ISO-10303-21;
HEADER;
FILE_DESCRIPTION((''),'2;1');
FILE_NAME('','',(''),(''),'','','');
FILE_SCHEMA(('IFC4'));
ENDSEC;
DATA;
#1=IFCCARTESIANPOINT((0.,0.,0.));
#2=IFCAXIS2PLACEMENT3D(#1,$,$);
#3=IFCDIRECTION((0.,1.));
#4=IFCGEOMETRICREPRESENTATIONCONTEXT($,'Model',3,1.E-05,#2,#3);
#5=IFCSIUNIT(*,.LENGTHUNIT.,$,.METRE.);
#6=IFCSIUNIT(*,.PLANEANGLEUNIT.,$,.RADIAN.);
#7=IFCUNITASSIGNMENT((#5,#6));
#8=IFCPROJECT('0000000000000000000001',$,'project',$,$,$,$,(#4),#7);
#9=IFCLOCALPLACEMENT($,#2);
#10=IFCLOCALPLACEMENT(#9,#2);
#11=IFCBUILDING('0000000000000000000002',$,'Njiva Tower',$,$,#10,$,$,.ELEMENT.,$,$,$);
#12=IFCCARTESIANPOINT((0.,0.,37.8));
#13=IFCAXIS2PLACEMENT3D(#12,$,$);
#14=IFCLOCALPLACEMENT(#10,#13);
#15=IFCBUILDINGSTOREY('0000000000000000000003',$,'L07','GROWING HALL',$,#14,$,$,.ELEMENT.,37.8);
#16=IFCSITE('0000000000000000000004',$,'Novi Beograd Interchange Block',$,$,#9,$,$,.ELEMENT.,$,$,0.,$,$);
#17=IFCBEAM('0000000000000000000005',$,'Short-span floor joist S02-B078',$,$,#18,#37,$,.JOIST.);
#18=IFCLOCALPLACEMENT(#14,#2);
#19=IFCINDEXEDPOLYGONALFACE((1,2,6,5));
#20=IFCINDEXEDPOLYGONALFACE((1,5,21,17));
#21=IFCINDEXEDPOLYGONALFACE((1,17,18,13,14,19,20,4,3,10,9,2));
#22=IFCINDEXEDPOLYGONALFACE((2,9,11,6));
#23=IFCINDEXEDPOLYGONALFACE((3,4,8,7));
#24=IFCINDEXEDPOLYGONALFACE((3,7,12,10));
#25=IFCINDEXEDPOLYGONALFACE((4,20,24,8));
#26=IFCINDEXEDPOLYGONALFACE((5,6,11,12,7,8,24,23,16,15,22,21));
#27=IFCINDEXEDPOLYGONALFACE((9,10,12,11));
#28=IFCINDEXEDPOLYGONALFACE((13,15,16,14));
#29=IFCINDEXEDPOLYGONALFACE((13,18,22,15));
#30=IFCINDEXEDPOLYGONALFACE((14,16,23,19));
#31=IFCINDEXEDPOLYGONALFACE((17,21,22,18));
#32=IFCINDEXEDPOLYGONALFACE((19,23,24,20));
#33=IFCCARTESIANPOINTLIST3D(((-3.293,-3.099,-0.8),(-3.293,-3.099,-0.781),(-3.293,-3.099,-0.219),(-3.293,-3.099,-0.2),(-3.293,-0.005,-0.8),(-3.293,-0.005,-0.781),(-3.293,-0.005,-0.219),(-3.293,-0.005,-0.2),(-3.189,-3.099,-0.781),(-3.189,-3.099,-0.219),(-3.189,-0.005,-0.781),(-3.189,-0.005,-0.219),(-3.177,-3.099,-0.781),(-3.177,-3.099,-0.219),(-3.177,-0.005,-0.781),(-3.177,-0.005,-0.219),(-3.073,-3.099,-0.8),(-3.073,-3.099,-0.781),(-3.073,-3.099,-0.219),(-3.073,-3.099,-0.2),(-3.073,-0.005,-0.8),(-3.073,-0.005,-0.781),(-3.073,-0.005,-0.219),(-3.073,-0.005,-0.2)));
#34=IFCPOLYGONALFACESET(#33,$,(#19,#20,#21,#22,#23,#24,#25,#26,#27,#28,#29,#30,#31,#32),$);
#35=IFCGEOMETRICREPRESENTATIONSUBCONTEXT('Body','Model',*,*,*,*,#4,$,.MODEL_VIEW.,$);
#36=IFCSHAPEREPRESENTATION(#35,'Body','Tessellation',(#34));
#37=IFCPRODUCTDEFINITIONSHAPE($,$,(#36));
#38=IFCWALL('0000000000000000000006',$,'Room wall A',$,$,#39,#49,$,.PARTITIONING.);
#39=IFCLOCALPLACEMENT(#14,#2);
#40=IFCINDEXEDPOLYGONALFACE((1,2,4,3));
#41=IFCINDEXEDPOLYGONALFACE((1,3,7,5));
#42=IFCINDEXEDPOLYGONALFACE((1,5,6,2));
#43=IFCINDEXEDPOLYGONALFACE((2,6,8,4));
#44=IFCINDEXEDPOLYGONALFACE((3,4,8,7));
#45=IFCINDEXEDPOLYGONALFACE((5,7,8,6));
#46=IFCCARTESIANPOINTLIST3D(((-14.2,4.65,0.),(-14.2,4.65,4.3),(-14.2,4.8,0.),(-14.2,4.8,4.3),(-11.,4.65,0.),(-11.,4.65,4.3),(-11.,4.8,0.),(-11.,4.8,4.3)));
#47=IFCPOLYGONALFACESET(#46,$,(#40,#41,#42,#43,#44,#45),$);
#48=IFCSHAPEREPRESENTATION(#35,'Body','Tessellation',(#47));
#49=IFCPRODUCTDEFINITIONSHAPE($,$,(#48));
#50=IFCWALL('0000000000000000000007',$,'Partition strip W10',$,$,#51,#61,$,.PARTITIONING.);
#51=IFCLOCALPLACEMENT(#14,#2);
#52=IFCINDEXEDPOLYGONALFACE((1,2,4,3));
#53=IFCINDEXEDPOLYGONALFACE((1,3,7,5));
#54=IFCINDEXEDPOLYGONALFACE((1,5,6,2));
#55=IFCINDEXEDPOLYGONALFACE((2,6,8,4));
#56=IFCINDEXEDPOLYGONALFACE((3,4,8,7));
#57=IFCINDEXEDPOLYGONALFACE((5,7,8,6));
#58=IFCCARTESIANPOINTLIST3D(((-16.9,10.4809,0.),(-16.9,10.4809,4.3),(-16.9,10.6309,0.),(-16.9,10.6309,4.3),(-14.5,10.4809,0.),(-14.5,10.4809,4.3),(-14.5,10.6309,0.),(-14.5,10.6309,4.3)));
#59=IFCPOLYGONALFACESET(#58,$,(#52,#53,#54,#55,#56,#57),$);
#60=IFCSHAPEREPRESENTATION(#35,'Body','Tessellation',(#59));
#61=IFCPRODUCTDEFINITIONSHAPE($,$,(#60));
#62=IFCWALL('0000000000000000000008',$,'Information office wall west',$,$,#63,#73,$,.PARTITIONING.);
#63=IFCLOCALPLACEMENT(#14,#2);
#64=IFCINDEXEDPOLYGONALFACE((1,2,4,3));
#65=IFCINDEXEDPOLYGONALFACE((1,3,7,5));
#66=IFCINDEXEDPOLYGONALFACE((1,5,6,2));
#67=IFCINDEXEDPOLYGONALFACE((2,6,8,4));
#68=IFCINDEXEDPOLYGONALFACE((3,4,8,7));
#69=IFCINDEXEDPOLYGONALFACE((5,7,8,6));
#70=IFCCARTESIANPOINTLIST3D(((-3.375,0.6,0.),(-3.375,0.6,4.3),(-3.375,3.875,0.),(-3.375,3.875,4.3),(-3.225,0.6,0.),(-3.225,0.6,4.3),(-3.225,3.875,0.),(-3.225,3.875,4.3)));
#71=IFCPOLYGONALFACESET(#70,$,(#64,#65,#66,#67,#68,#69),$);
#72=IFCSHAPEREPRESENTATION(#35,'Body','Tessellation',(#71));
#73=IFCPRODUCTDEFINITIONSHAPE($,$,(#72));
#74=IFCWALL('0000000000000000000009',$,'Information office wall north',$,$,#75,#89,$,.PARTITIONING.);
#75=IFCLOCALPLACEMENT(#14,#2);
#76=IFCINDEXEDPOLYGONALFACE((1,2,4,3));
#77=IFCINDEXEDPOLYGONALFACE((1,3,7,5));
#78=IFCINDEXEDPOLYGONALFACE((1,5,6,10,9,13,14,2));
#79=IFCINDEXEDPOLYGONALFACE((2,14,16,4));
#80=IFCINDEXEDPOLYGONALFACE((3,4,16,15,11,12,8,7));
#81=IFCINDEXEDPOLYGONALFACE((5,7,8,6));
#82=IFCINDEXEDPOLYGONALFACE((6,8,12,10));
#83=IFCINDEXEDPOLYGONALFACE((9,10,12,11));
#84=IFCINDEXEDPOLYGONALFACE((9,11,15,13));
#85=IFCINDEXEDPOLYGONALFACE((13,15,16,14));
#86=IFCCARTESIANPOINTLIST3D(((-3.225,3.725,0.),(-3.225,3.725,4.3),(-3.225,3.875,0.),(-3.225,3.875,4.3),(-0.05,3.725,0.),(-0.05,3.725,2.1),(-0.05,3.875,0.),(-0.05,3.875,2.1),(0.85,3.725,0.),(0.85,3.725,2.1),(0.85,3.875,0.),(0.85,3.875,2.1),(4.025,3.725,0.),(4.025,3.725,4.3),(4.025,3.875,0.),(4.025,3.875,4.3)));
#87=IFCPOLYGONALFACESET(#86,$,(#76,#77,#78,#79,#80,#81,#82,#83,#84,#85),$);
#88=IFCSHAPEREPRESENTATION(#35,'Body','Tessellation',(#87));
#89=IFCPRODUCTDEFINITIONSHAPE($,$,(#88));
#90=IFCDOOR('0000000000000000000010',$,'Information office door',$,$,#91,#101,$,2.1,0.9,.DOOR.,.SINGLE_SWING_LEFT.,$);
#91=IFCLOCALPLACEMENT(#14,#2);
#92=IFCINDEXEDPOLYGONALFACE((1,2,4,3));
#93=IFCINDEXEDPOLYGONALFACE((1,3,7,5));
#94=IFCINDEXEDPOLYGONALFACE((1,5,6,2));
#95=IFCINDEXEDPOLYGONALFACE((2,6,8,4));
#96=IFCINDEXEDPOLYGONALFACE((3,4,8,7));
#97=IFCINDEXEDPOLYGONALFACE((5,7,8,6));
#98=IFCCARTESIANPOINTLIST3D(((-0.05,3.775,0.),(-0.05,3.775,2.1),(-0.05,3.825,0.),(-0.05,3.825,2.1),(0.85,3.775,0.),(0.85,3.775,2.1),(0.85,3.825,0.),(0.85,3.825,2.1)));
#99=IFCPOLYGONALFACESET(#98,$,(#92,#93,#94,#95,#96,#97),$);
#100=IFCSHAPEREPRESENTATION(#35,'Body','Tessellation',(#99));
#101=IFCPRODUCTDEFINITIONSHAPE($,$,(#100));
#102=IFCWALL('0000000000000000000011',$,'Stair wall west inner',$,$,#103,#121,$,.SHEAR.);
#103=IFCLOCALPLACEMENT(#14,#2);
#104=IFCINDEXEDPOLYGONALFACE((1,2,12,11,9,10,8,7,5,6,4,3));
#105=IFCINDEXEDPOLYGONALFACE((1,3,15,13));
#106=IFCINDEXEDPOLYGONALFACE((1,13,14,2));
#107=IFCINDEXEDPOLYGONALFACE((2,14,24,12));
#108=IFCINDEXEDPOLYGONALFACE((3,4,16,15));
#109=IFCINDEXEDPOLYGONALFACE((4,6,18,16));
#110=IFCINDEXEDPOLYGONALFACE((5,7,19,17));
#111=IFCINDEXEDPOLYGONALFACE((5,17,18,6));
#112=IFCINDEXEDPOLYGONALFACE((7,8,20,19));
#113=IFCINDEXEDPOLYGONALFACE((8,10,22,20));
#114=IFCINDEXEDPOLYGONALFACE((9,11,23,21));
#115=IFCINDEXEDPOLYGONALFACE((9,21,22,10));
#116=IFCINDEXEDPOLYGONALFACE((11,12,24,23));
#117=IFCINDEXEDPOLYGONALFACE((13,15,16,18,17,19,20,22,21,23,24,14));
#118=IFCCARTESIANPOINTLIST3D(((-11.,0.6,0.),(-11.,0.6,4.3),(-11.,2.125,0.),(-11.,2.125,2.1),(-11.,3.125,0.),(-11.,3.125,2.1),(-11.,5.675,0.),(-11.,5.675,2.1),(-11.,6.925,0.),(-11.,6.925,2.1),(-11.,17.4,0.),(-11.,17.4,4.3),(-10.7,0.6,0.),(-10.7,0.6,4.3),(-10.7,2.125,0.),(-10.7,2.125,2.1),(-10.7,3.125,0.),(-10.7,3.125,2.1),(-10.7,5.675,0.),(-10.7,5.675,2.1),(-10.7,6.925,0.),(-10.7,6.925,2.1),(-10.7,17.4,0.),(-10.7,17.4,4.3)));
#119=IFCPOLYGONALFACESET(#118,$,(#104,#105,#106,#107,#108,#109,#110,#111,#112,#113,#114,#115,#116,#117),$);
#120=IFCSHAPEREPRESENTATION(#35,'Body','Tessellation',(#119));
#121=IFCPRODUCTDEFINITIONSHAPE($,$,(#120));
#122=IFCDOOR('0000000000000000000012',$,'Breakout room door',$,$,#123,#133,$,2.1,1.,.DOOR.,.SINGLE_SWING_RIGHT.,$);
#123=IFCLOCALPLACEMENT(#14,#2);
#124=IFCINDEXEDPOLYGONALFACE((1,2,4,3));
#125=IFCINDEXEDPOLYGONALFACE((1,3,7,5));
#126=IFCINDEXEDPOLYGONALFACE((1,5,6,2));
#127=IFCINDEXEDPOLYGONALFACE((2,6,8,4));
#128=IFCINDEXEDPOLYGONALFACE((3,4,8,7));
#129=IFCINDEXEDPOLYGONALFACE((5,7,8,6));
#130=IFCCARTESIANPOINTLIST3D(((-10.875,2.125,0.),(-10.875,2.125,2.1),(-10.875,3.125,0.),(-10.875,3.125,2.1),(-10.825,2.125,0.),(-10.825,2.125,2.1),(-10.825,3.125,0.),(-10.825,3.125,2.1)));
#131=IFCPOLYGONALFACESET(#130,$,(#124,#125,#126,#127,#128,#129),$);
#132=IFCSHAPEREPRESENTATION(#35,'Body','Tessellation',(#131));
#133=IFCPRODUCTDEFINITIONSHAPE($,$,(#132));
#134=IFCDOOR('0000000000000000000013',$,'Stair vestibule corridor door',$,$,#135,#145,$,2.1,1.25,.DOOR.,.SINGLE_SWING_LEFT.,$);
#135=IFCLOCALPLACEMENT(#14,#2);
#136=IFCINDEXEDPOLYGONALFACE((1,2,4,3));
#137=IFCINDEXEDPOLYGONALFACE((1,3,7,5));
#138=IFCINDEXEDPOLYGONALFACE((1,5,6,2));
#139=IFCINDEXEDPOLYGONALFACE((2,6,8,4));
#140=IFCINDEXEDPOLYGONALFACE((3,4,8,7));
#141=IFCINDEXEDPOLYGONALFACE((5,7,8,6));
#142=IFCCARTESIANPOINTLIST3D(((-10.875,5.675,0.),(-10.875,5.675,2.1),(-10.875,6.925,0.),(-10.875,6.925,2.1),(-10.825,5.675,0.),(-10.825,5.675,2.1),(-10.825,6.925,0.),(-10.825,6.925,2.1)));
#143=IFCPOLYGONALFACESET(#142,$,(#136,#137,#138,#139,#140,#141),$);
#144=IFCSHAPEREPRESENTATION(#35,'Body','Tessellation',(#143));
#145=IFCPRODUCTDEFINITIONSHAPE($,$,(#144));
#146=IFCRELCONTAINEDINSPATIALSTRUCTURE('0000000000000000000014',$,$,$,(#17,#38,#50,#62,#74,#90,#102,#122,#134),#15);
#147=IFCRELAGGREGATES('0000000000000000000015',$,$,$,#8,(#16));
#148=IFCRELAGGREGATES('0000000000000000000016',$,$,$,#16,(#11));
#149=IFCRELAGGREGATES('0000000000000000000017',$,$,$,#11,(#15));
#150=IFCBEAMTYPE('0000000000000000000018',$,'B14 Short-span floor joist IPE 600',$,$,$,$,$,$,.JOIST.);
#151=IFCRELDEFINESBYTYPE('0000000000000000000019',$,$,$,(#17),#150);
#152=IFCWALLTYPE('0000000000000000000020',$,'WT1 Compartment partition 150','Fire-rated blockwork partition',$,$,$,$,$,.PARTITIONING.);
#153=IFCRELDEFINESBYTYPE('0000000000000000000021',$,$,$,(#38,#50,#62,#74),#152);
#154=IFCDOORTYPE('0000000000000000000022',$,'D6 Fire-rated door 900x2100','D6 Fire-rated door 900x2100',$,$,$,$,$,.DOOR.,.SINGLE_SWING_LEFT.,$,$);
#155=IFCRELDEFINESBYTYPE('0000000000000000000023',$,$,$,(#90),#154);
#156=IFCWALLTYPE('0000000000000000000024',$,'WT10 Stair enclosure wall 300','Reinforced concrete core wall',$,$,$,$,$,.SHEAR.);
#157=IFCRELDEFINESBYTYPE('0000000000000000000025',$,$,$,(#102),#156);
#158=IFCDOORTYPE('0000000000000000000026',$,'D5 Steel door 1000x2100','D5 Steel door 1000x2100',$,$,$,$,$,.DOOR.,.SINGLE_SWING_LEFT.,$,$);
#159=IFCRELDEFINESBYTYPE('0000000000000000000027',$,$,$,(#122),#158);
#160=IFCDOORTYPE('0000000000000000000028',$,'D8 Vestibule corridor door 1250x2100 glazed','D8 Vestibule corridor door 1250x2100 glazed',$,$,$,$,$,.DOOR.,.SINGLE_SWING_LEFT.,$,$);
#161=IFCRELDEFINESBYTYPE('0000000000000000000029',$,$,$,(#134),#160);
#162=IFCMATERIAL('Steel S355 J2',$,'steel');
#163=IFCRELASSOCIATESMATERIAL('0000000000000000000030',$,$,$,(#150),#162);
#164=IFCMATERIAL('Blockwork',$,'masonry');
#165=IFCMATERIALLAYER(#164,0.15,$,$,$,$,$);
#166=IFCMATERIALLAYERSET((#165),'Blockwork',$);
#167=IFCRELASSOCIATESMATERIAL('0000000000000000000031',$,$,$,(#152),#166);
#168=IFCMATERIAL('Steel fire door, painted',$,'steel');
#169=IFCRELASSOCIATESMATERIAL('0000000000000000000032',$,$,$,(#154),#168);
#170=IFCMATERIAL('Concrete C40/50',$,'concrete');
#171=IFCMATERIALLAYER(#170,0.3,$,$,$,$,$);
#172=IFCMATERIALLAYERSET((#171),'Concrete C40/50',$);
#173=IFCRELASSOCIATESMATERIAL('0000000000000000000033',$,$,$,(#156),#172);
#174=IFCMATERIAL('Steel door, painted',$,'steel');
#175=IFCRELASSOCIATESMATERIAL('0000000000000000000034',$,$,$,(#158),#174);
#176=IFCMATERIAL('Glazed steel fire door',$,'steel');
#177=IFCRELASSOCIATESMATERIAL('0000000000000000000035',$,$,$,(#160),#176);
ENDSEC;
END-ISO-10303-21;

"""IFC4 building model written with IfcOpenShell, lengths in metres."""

from ifc_helpers import new_model, si_unit, direction, frame, frame_2d, origin, origin_2d, place, context, subcontext, project, spatial, rectangle, i_section, extrude, material, layer, layer_set, material_profile, profile_set, type_object, element, fill, save


model = new_model("IFC4")

# Units and contexts
model_context = context("Model", 3, precision=1e-05, world=origin(), true_north=direction((0.0, 1.0)))
body_context = subcontext(model_context, "Body", "Model", "MODEL_VIEW")
ifc_project = project(units=[si_unit("LENGTHUNIT", "METRE"), si_unit("PLANEANGLEUNIT", "RADIAN")], contexts=[model_context])

# Site, building, storey
site_placement = place(None, origin())
site = spatial("IfcSite", under=ifc_project, at=site_placement, Name="Novi Beograd Interchange Block", CompositionType="ELEMENT", RefElevation=0.0)
building_placement = place(site_placement, origin())
building = spatial("IfcBuilding", under=site, at=building_placement, Name="Njiva Tower", CompositionType="ELEMENT")
storey_placement = place(building_placement, frame((0.0, 0.0, 37.8)))
storey = spatial("IfcBuildingStorey", under=building, at=storey_placement, Name="L07", Description="GROWING HALL", CompositionType="ELEMENT", Elevation=37.8)

# Beam
ifc_material_1 = material(Name="Steel S355 J2", Category="steel")
ifc_material_profile = material_profile(ifc_material_1, i_section(OverallWidth=0.22, OverallDepth=0.6, WebThickness=0.012, FlangeThickness=0.019, at=origin_2d()), Name="IPE 600")
ifc_profile_set = profile_set([ifc_material_profile], Name="Steel S355 J2")
beam_type = type_object("IfcBeamType", Name="B14 Short-span floor joist IPE 600", PredefinedType="JOIST", material=ifc_profile_set)
beam_placement = place(storey_placement, frame((-3.183, -0.005, -0.5), z_axis=(0.0, -1.0, 0.0), x_axis=(1.0, 0.0, 0.0)))
element("IfcBeam", 1, at=beam_placement, inside=storey, type_object=beam_type, Name="Short-span floor joist S02-B078", PredefinedType="JOIST", context=body_context, shape_type="SweptSolid", body=[
    extrude(i_section(OverallWidth=0.22, OverallDepth=0.6, WebThickness=0.012, FlangeThickness=0.019, at=origin_2d()), origin(), (0.0, 0.0, 1.0), 3.094),
])

# Walls
ifc_material_2 = material(Name="Blockwork", Category="masonry")
ifc_layer_1 = layer(ifc_material_2, 0.15)
ifc_layer_set_1 = layer_set([ifc_layer_1], Name="Blockwork")
wall_type_1 = type_object("IfcWallType", Name="WT1 Compartment partition 150", Description="Fire-rated blockwork partition", PredefinedType="PARTITIONING", material=ifc_layer_set_1)
wall_1_placement = place(storey_placement, frame((-14.2, 4.725, 0.0), z_axis=(0.0, 0.0, 1.0), x_axis=(1.0, 0.0, 0.0)))
element("IfcWall", 2, at=wall_1_placement, inside=storey, type_object=wall_type_1, Name="Room wall A", PredefinedType="PARTITIONING", context=body_context, shape_type="SweptSolid", body=[
    extrude(rectangle(XDim=3.2, YDim=0.15, at=frame_2d((1.6, 0.0))), origin(), (0.0, 0.0, 1.0), 4.3),
])
wall_2_placement = place(storey_placement, frame((-16.9, 10.5559, 0.0), z_axis=(0.0, 0.0, 1.0), x_axis=(1.0, 0.0, 0.0)))
element("IfcWall", 3, at=wall_2_placement, inside=storey, type_object=wall_type_1, Name="Partition strip W10", PredefinedType="PARTITIONING", context=body_context, shape_type="SweptSolid", body=[
    extrude(rectangle(XDim=2.4, YDim=0.15, at=frame_2d((1.2, 0.0))), origin(), (0.0, 0.0, 1.0), 4.3),
])
wall_3_placement = place(storey_placement, frame((-3.3, 0.6, 0.0), z_axis=(0.0, 0.0, 1.0), x_axis=(0.0, 1.0, 0.0)))
element("IfcWall", 4, at=wall_3_placement, inside=storey, type_object=wall_type_1, Name="Information office wall west", PredefinedType="PARTITIONING", context=body_context, shape_type="SweptSolid", body=[
    extrude(rectangle(XDim=3.275, YDim=0.15, at=frame_2d((1.6375, 0.0))), origin(), (0.0, 0.0, 1.0), 4.3),
])

# Wall, opening, door
wall_4_placement = place(storey_placement, frame((-3.225, 3.8, 0.0), z_axis=(0.0, 0.0, 1.0), x_axis=(1.0, 0.0, 0.0)))
wall_4 = element("IfcWall", 5, at=wall_4_placement, inside=storey, type_object=wall_type_1, Name="Information office wall north", PredefinedType="PARTITIONING", context=body_context, shape_type="SweptSolid", body=[
    extrude(rectangle(XDim=7.25, YDim=0.15, at=frame_2d((3.625, 0.0))), origin(), (0.0, 0.0, 1.0), 4.3),
])
opening_1_placement = place(wall_4_placement, frame((3.175, 0.0, 0.0)))
opening_1 = element("IfcOpeningElement", 6, at=opening_1_placement, cuts=wall_4, PredefinedType="OPENING", context=body_context, shape_type="SweptSolid", body=[
    extrude(rectangle(XDim=0.9, YDim=2.1, at=frame_2d((0.45, 1.05))), frame((0.0, 0.085, 0.0), z_axis=(0.0, -1.0, 0.0), x_axis=(1.0, 0.0, 0.0)), (0.0, 0.0, 1.0), 0.17),
])
ifc_material_3 = material(Name="Steel fire door, painted", Category="steel")
door_type_1 = type_object("IfcDoorType", Name="D6 Fire-rated door 900x2100", Description="D6 Fire-rated door 900x2100", OperationType="SINGLE_SWING_LEFT", PredefinedType="DOOR", material=ifc_material_3)
door_1_placement = place(opening_1_placement, origin())
door_1 = element("IfcDoor", 7, at=door_1_placement, inside=storey, type_object=door_type_1, Name="Information office door", OperationType="SINGLE_SWING_LEFT", OverallHeight=2.1, OverallWidth=0.9, PredefinedType="DOOR", context=body_context, shape_type="SweptSolid", body=[
    extrude(rectangle(XDim=0.9, YDim=2.1, at=frame_2d((0.45, 1.05))), frame((0.0, 0.025, 0.0), z_axis=(0.0, -1.0, 0.0), x_axis=(1.0, 0.0, 0.0)), (0.0, 0.0, 1.0), 0.05),
])
fill(opening_1, door_1)

# Wall, openings, doors
ifc_material_4 = material(Name="Concrete C40/50", Category="concrete")
ifc_layer_2 = layer(ifc_material_4, 0.3)
ifc_layer_set_2 = layer_set([ifc_layer_2], Name="Concrete C40/50")
wall_type_2 = type_object("IfcWallType", Name="WT10 Stair enclosure wall 300", Description="Reinforced concrete core wall", PredefinedType="SHEAR", material=ifc_layer_set_2)
wall_5_placement = place(storey_placement, frame((-10.85, 0.6, 0.0), z_axis=(0.0, 0.0, 1.0), x_axis=(0.0, 1.0, 0.0)))
wall_5 = element("IfcWall", 8, at=wall_5_placement, inside=storey, type_object=wall_type_2, Name="Stair wall west inner", PredefinedType="SHEAR", context=body_context, shape_type="SweptSolid", body=[
    extrude(rectangle(XDim=16.8, YDim=0.3, at=frame_2d((8.4, 0.0))), origin(), (0.0, 0.0, 1.0), 4.3),
])
opening_2_placement = place(wall_5_placement, frame((5.075, 0.0, 0.0)))
opening_2 = element("IfcOpeningElement", 9, at=opening_2_placement, cuts=wall_5, PredefinedType="OPENING", context=body_context, shape_type="SweptSolid", body=[
    extrude(rectangle(XDim=1.25, YDim=2.1, at=frame_2d((0.625, 1.05))), frame((0.0, 0.16, 0.0), z_axis=(0.0, -1.0, 0.0), x_axis=(1.0, 0.0, 0.0)), (0.0, 0.0, 1.0), 0.32),
])
opening_3_placement = place(wall_5_placement, frame((1.525, 0.0, 0.0)))
opening_3 = element("IfcOpeningElement", 10, at=opening_3_placement, cuts=wall_5, PredefinedType="OPENING", context=body_context, shape_type="SweptSolid", body=[
    extrude(rectangle(XDim=1.0, YDim=2.1, at=frame_2d((0.5, 1.05))), frame((0.0, 0.16, 0.0), z_axis=(0.0, -1.0, 0.0), x_axis=(1.0, 0.0, 0.0)), (0.0, 0.0, 1.0), 0.32),
])
ifc_material_5 = material(Name="Steel door, painted", Category="steel")
door_type_2 = type_object("IfcDoorType", Name="D5 Steel door 1000x2100", Description="D5 Steel door 1000x2100", OperationType="SINGLE_SWING_LEFT", PredefinedType="DOOR", material=ifc_material_5)
door_2_placement = place(opening_3_placement, origin())
door_2 = element("IfcDoor", 11, at=door_2_placement, inside=storey, type_object=door_type_2, Name="Breakout room door", OperationType="SINGLE_SWING_RIGHT", OverallHeight=2.1, OverallWidth=1.0, PredefinedType="DOOR", context=body_context, shape_type="SweptSolid", body=[
    extrude(rectangle(XDim=1.0, YDim=2.1, at=frame_2d((0.5, 1.05))), frame((0.0, 0.025, 0.0), z_axis=(0.0, -1.0, 0.0), x_axis=(1.0, 0.0, 0.0)), (0.0, 0.0, 1.0), 0.05),
])
fill(opening_3, door_2)
ifc_material_6 = material(Name="Glazed steel fire door", Category="steel")
door_type_3 = type_object("IfcDoorType", Name="D8 Vestibule corridor door 1250x2100 glazed", Description="D8 Vestibule corridor door 1250x2100 glazed", OperationType="SINGLE_SWING_LEFT", PredefinedType="DOOR", material=ifc_material_6)
door_3_placement = place(opening_2_placement, origin())
door_3 = element("IfcDoor", 12, at=door_3_placement, inside=storey, type_object=door_type_3, Name="Stair vestibule corridor door", OperationType="SINGLE_SWING_LEFT", OverallHeight=2.1, OverallWidth=1.25, PredefinedType="DOOR", context=body_context, shape_type="SweptSolid", body=[
    extrude(rectangle(XDim=1.25, YDim=2.1, at=frame_2d((0.625, 1.05))), frame((0.0, 0.025, 0.0), z_axis=(0.0, -1.0, 0.0), x_axis=(1.0, 0.0, 0.0)), (0.0, 0.0, 1.0), 0.05),
])
fill(opening_2, door_3)

save(model, "model.ifc")
